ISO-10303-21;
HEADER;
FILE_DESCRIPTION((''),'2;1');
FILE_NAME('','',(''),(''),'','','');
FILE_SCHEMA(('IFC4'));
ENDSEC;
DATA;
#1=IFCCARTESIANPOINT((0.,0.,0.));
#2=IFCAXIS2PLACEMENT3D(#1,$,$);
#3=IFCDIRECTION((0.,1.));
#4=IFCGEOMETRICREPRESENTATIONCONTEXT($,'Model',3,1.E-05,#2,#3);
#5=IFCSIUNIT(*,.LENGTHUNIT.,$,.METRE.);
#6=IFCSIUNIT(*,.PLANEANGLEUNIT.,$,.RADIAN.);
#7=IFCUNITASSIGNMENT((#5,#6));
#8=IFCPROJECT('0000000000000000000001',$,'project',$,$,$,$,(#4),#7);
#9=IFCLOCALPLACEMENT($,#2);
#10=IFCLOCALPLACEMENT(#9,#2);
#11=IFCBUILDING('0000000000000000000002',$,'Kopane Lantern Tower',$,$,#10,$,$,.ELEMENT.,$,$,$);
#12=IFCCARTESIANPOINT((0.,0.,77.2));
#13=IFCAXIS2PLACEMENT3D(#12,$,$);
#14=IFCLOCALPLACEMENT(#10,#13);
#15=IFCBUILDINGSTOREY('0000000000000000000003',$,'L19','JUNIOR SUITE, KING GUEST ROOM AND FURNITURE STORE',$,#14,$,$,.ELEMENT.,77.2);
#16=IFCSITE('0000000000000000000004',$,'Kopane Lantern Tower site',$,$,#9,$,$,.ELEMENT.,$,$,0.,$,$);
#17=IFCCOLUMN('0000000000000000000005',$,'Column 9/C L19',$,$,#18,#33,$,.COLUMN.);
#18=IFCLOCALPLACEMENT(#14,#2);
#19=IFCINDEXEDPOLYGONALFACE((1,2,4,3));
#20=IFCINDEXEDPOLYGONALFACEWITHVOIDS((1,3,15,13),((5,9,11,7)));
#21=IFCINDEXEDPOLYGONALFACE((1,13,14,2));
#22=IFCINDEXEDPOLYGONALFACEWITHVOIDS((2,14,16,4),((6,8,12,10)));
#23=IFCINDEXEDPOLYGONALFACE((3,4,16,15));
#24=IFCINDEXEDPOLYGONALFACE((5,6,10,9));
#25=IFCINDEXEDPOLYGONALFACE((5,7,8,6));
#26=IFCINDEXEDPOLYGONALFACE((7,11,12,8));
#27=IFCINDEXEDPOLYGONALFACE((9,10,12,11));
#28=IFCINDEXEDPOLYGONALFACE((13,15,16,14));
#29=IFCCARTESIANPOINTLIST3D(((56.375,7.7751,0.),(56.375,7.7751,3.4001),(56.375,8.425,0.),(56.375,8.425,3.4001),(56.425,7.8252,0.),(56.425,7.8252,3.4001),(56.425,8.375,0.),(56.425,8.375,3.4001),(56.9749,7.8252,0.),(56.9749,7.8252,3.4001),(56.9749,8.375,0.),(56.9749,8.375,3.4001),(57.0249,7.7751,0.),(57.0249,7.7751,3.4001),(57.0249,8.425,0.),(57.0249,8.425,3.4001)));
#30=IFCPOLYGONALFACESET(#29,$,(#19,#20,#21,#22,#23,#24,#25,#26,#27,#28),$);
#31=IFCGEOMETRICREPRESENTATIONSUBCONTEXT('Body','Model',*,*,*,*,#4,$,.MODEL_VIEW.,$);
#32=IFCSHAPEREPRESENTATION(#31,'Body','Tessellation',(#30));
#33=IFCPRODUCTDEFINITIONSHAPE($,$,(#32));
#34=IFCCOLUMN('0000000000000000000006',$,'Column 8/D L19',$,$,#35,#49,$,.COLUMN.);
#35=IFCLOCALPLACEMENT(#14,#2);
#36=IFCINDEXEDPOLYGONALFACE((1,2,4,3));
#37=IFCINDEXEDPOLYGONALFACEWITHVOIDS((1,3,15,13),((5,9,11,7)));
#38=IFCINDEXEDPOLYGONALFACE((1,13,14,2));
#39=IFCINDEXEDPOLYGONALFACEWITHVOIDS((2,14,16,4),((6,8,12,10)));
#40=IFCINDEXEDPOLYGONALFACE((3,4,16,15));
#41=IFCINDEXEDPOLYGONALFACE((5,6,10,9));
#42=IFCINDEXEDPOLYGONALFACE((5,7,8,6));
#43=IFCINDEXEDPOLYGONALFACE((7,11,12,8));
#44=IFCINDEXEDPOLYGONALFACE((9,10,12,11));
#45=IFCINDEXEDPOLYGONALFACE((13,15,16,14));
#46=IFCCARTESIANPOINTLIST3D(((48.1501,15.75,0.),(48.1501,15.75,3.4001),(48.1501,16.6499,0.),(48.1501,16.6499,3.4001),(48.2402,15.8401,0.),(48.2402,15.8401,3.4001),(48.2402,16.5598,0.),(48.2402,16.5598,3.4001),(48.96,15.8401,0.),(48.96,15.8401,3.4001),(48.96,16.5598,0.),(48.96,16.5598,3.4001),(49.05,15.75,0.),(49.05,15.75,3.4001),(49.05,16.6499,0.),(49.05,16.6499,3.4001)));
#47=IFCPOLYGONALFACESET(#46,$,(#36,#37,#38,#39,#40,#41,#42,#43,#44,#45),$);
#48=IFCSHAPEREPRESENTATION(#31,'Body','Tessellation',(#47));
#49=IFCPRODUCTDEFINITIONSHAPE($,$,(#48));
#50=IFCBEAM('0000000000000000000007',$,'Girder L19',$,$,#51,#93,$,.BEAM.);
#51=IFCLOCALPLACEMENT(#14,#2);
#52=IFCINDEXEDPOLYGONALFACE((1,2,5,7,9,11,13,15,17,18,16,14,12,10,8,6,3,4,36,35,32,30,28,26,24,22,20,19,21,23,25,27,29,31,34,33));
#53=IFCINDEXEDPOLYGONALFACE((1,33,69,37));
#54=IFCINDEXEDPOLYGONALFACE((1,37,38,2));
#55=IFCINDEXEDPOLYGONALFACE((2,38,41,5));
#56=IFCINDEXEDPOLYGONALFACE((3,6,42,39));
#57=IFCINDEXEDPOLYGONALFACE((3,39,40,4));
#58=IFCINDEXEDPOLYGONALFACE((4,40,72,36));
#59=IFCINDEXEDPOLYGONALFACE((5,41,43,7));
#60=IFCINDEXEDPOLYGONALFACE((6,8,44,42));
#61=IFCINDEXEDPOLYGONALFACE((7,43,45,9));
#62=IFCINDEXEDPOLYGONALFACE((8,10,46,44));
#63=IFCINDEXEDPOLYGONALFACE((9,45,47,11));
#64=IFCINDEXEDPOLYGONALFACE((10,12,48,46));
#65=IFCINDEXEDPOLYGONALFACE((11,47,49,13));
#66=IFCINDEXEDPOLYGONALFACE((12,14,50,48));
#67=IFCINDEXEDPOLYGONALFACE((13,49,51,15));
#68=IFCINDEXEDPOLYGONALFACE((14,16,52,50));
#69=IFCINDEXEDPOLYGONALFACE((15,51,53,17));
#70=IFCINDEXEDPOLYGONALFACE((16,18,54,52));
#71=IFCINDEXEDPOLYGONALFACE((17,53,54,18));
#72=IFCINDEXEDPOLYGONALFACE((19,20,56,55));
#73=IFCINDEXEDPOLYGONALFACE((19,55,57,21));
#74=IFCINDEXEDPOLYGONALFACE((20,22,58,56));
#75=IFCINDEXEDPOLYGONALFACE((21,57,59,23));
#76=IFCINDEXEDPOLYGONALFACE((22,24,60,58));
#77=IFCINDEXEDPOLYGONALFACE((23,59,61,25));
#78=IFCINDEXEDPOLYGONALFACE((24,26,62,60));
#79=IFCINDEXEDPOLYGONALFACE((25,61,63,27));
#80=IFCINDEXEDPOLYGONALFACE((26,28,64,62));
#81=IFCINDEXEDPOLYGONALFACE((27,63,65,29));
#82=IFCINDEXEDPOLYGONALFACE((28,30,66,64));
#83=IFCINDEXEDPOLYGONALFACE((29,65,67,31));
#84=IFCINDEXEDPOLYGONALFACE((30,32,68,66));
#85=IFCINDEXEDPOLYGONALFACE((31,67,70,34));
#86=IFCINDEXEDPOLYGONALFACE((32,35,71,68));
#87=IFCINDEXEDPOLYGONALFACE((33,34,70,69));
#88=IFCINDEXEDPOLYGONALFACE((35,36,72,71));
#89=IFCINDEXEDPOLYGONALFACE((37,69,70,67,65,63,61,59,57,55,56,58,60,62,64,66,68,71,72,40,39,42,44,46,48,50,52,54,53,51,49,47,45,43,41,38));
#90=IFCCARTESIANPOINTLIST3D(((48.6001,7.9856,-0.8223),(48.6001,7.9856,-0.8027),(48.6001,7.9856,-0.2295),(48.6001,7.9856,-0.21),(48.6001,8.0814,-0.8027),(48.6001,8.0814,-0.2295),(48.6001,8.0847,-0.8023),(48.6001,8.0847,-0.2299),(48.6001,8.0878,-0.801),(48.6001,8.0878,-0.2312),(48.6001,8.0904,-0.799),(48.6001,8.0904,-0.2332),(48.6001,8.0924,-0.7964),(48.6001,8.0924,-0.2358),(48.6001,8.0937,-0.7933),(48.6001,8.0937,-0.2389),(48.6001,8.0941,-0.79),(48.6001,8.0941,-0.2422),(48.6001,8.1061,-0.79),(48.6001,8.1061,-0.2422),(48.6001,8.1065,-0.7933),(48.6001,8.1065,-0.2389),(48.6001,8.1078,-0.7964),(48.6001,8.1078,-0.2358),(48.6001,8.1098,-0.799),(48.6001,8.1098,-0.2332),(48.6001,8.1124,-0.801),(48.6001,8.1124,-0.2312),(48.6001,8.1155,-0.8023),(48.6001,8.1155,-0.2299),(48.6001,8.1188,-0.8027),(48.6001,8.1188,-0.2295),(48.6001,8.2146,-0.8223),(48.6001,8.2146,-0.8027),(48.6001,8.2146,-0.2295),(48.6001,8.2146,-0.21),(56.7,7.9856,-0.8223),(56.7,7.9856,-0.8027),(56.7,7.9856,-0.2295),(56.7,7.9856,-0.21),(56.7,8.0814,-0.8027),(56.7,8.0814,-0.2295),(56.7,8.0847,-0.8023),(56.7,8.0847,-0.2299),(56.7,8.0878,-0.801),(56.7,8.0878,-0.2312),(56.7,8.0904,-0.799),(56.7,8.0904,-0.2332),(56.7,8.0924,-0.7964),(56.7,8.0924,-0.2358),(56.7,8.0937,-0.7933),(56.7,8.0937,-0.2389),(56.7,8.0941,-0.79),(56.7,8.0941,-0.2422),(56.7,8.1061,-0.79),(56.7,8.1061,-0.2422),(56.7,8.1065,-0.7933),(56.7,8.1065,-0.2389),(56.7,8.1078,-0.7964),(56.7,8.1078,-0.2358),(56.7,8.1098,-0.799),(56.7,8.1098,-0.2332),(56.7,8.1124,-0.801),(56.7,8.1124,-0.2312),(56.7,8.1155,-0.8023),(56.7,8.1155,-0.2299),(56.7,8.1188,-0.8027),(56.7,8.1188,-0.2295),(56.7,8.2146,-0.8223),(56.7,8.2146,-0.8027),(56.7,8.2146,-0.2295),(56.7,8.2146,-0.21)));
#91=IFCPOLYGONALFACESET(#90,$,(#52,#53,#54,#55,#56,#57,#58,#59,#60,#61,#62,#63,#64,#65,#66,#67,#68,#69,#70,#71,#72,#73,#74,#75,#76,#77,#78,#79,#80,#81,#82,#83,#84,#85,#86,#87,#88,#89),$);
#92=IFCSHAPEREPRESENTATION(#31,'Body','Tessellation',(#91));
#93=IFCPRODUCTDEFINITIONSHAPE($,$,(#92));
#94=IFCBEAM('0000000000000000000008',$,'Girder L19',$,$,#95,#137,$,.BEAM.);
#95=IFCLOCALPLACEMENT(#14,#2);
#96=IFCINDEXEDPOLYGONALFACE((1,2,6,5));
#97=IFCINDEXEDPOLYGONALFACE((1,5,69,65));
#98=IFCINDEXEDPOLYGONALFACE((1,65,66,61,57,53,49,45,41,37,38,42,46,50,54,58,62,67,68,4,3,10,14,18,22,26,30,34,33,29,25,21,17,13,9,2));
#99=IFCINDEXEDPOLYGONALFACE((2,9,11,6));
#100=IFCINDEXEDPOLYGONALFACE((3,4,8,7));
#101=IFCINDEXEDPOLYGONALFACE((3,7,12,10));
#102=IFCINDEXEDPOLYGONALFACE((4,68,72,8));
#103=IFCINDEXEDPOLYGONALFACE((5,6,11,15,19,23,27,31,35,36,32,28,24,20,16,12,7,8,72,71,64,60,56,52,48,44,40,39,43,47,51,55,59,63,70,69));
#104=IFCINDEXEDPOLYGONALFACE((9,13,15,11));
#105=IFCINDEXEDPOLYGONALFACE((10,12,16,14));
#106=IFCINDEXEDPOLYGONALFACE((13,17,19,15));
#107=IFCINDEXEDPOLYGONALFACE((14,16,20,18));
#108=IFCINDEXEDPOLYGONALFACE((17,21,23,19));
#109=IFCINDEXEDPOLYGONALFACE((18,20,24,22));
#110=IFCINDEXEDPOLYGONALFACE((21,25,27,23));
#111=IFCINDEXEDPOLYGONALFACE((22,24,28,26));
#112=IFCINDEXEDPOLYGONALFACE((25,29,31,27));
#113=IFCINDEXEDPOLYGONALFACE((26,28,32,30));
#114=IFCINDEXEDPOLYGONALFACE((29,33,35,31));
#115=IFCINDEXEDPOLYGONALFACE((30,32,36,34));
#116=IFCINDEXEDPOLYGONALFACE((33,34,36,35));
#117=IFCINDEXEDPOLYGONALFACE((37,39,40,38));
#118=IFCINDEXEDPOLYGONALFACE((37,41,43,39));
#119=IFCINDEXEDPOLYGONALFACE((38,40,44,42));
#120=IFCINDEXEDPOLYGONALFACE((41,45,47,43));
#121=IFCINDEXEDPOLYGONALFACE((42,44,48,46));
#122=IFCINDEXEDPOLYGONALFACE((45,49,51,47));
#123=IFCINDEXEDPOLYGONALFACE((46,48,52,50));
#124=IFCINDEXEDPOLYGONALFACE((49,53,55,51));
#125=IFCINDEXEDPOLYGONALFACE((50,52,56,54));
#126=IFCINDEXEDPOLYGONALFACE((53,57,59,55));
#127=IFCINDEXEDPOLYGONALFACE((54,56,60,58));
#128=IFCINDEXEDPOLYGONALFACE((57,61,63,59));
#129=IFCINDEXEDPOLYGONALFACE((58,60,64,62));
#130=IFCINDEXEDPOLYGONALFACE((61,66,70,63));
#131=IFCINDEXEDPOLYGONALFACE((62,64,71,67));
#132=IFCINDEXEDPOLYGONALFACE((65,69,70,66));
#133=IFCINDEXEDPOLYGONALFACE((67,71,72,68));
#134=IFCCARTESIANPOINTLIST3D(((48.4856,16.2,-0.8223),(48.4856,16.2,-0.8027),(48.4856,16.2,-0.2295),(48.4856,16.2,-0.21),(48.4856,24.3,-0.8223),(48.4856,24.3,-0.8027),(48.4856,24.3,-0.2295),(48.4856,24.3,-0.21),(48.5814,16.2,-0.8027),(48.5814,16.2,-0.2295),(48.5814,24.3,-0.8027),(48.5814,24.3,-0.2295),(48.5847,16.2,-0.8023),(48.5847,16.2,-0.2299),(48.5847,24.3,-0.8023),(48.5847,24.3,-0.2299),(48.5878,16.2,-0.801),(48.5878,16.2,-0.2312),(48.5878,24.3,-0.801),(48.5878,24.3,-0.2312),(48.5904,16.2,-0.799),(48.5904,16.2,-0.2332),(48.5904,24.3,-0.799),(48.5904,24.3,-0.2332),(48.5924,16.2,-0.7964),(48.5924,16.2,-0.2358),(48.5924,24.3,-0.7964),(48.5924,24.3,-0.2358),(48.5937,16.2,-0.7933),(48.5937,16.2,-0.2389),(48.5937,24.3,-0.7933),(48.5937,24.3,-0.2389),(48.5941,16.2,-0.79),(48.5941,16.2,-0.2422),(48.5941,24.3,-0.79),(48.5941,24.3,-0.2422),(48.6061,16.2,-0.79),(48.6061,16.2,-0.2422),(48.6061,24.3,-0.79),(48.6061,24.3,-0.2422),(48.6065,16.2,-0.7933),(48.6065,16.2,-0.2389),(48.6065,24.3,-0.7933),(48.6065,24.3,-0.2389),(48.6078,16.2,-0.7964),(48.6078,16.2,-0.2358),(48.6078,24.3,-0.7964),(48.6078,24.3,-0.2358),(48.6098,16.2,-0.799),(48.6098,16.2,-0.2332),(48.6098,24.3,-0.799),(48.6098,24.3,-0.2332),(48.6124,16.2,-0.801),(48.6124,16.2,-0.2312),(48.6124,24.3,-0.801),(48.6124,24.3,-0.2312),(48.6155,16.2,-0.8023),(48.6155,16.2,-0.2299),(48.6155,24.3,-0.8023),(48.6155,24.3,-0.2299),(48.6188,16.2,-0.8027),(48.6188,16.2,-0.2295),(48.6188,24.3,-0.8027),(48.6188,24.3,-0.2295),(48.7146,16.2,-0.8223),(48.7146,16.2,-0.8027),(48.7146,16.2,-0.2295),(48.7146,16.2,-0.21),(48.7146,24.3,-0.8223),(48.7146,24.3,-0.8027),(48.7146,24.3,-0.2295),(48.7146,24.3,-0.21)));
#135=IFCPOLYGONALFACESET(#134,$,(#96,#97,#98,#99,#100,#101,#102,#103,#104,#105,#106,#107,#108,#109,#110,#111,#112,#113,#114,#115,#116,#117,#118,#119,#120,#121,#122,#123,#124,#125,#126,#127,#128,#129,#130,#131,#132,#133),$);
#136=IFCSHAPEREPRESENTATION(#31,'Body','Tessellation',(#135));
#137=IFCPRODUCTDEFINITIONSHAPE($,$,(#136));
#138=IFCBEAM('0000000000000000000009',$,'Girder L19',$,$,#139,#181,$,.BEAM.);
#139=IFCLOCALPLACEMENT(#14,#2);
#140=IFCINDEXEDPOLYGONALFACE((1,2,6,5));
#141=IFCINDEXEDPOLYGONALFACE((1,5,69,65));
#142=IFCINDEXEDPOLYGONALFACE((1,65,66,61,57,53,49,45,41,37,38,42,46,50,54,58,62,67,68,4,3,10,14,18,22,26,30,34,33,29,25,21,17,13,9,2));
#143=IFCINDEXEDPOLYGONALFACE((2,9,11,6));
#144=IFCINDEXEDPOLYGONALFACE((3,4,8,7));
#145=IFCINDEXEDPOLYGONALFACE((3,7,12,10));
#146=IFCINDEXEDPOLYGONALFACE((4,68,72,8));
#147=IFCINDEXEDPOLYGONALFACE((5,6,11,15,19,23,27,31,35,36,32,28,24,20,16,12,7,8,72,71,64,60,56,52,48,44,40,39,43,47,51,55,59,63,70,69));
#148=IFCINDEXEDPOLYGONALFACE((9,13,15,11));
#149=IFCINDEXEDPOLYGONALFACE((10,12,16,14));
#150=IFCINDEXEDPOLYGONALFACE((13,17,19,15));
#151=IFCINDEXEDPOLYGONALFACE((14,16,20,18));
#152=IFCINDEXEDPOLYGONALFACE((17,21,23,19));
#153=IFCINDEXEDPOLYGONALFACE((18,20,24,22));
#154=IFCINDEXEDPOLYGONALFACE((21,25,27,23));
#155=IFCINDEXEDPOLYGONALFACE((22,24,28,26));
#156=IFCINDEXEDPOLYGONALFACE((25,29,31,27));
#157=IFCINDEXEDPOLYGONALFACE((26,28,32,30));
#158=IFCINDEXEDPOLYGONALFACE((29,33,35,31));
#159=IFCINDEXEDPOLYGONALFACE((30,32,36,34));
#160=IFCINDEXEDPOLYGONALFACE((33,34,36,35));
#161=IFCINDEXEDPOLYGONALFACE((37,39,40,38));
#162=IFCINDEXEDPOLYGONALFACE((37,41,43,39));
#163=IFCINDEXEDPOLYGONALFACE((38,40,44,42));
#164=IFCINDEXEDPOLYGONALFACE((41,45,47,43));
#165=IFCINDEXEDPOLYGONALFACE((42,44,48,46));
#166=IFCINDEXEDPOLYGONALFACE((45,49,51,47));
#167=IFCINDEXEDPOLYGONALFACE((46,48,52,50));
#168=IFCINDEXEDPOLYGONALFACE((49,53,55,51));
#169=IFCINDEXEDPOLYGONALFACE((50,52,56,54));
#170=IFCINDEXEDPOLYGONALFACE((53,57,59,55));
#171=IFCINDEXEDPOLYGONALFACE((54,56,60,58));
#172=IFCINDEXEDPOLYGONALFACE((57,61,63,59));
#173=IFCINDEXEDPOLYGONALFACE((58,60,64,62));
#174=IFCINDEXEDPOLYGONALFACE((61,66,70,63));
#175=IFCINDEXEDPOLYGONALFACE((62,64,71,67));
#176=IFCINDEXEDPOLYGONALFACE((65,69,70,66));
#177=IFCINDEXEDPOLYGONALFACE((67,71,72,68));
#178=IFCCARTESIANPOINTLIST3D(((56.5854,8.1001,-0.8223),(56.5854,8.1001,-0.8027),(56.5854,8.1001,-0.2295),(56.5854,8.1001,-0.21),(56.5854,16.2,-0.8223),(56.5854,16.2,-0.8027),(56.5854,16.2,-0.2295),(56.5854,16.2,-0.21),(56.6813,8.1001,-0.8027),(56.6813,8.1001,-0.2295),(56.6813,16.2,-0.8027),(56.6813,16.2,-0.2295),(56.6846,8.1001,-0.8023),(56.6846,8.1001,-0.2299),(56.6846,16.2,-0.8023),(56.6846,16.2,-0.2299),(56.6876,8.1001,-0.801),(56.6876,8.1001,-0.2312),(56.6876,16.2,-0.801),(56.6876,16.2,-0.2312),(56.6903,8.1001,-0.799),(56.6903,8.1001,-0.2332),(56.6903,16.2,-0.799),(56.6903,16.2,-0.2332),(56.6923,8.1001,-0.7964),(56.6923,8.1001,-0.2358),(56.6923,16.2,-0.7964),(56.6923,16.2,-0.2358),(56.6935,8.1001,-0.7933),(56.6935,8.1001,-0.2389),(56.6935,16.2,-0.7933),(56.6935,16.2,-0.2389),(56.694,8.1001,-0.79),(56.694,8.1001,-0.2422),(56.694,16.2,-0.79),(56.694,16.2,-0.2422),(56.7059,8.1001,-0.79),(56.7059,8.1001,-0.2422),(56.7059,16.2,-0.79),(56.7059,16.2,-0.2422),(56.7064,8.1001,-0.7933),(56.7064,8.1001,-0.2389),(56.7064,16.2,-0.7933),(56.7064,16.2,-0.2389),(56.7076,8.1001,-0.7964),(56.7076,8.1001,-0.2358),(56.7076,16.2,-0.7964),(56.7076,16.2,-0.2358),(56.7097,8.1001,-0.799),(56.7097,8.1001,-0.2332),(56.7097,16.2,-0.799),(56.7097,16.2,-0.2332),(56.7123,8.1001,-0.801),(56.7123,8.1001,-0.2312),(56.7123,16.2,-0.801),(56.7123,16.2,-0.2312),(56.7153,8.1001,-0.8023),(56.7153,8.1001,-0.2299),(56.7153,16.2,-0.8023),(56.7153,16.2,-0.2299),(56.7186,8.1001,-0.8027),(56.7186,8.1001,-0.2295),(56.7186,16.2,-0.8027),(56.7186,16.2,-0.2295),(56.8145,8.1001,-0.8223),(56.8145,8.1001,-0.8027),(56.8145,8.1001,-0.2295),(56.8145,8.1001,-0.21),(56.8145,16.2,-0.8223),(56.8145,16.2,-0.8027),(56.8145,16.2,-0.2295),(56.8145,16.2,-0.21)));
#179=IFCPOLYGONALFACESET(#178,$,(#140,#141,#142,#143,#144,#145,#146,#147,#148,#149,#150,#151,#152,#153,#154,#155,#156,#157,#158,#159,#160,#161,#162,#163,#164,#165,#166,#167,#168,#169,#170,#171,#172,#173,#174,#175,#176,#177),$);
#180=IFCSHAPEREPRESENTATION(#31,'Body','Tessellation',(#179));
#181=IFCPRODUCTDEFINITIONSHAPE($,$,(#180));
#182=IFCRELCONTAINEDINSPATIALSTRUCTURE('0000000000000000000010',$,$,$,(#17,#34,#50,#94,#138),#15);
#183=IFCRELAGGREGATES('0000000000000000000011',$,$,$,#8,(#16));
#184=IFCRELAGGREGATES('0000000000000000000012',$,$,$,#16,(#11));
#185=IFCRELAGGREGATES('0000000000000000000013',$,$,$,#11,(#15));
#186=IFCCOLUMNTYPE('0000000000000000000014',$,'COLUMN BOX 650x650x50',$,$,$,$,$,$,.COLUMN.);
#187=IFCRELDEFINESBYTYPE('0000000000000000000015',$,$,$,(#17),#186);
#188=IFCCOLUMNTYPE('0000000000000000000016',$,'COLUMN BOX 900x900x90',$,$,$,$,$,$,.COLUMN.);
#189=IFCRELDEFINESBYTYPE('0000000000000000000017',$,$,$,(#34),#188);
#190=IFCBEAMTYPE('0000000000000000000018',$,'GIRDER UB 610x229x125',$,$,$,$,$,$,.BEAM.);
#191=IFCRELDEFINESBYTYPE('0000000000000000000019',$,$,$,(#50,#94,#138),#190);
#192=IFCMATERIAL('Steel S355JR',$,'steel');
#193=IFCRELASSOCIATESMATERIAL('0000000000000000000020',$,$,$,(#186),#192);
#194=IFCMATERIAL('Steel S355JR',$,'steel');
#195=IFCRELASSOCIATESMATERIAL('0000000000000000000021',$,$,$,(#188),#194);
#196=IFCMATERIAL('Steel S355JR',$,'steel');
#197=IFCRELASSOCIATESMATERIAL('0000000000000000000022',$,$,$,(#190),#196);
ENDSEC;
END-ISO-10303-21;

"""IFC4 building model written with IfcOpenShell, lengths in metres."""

from ifc_helpers import new_model, si_unit, direction, frame, origin, origin_2d, place, context, subcontext, project, spatial, hollow_rectangle, i_section, extrude, material, material_profile, profile_set, type_object, element, save


model = new_model("IFC4")

# Units and contexts
model_context = context("Model", 3, precision=1e-05, world=origin(), true_north=direction((0.0, 1.0)))
body_context = subcontext(model_context, "Body", "Model", "MODEL_VIEW")
ifc_project = project(units=[si_unit("LENGTHUNIT", "METRE"), si_unit("PLANEANGLEUNIT", "RADIAN")], contexts=[model_context])

# Site, building, storey
site_placement = place(None, origin())
site = spatial("IfcSite", under=ifc_project, at=site_placement, Name="Kopane Lantern Tower site", CompositionType="ELEMENT", RefElevation=0.0)
building_placement = place(site_placement, origin())
building = spatial("IfcBuilding", under=site, at=building_placement, Name="Kopane Lantern Tower", CompositionType="ELEMENT")
storey_placement = place(building_placement, frame((0.0, 0.0, 77.2)))
storey = spatial("IfcBuildingStorey", under=building, at=storey_placement, Name="L19", Description="JUNIOR SUITE, KING GUEST ROOM AND FURNITURE STORE", CompositionType="ELEMENT", Elevation=77.2)

# Columns
ifc_material_1 = material(Name="Steel S355JR", Category="steel")
ifc_material_profile_1 = material_profile(ifc_material_1, hollow_rectangle(XDim=0.6499, YDim=0.6499, WallThickness=0.05, at=origin_2d()), Name="BOX 650x650x50")
ifc_profile_set_1 = profile_set([ifc_material_profile_1], Name="Steel S355JR")
column_type_1 = type_object("IfcColumnType", Name="COLUMN BOX 650x650x50", PredefinedType="COLUMN", material=ifc_profile_set_1)
column_1_placement = place(storey_placement, frame((56.7, 8.1001, 0.0), z_axis=(0.0, 0.0, 1.0), x_axis=(1.0, 0.0, 0.0)))
element("IfcColumn", 1, at=column_1_placement, inside=storey, type_object=column_type_1, Name="Column 9/C L19", PredefinedType="COLUMN", context=body_context, shape_type="SweptSolid", body=[
    extrude(hollow_rectangle(XDim=0.6499, YDim=0.6499, WallThickness=0.05, at=origin_2d()), origin(), (0.0, 0.0, 1.0), 3.4001),
])
ifc_material_2 = material(Name="Steel S355JR", Category="steel")
ifc_material_profile_2 = material_profile(ifc_material_2, hollow_rectangle(XDim=0.8999, YDim=0.8999, WallThickness=0.0901, at=origin_2d()), Name="BOX 900x900x90")
ifc_profile_set_2 = profile_set([ifc_material_profile_2], Name="Steel S355JR")
column_type_2 = type_object("IfcColumnType", Name="COLUMN BOX 900x900x90", PredefinedType="COLUMN", material=ifc_profile_set_2)
column_2_placement = place(storey_placement, frame((48.6001, 16.2, 0.0), z_axis=(0.0, 0.0, 1.0), x_axis=(1.0, 0.0, 0.0)))
element("IfcColumn", 2, at=column_2_placement, inside=storey, type_object=column_type_2, Name="Column 8/D L19", PredefinedType="COLUMN", context=body_context, shape_type="SweptSolid", body=[
    extrude(hollow_rectangle(XDim=0.8999, YDim=0.8999, WallThickness=0.0901, at=origin_2d()), origin(), (0.0, 0.0, 1.0), 3.4001),
])

# Beams
ifc_material_3 = material(Name="Steel S355JR", Category="steel")
ifc_material_profile_3 = material_profile(ifc_material_3, i_section(OverallWidth=0.229, OverallDepth=0.6123, WebThickness=0.012, FlangeThickness=0.0195, FilletRadius=0.0127, at=origin_2d()), Name="UB 610x229x125")
ifc_profile_set_3 = profile_set([ifc_material_profile_3], Name="Steel S355JR")
beam_type = type_object("IfcBeamType", Name="GIRDER UB 610x229x125", PredefinedType="BEAM", material=ifc_profile_set_3)
beam_1_placement = place(storey_placement, frame((48.6001, 8.1001, -0.5161), z_axis=(1.0, 0.0, 0.0), x_axis=(0.0, 1.0, 0.0)))
element("IfcBeam", 3, at=beam_1_placement, inside=storey, type_object=beam_type, Name="Girder L19", PredefinedType="BEAM", context=body_context, shape_type="SweptSolid", body=[
    extrude(i_section(OverallWidth=0.229, OverallDepth=0.6123, WebThickness=0.012, FlangeThickness=0.0195, FilletRadius=0.0127, at=origin_2d()), origin(), (0.0, 0.0, 1.0), 8.0999),
])
beam_2_placement = place(storey_placement, frame((48.6001, 16.2, -0.5161), z_axis=(0.0, 1.0, 0.0), x_axis=(-1.0, 0.0, 0.0)))
element("IfcBeam", 4, at=beam_2_placement, inside=storey, type_object=beam_type, Name="Girder L19", PredefinedType="BEAM", context=body_context, shape_type="SweptSolid", body=[
    extrude(i_section(OverallWidth=0.229, OverallDepth=0.6123, WebThickness=0.012, FlangeThickness=0.0195, FilletRadius=0.0127, at=origin_2d()), origin(), (0.0, 0.0, 1.0), 8.1001),
])
beam_3_placement = place(storey_placement, frame((56.7, 8.1001, -0.5161), z_axis=(0.0, 1.0, 0.0), x_axis=(-1.0, 0.0, 0.0)))
element("IfcBeam", 5, at=beam_3_placement, inside=storey, type_object=beam_type, Name="Girder L19", PredefinedType="BEAM", context=body_context, shape_type="SweptSolid", body=[
    extrude(i_section(OverallWidth=0.229, OverallDepth=0.6123, WebThickness=0.012, FlangeThickness=0.0195, FilletRadius=0.0127, at=origin_2d()), origin(), (0.0, 0.0, 1.0), 8.0999),
])

save(model, "model.ifc")
